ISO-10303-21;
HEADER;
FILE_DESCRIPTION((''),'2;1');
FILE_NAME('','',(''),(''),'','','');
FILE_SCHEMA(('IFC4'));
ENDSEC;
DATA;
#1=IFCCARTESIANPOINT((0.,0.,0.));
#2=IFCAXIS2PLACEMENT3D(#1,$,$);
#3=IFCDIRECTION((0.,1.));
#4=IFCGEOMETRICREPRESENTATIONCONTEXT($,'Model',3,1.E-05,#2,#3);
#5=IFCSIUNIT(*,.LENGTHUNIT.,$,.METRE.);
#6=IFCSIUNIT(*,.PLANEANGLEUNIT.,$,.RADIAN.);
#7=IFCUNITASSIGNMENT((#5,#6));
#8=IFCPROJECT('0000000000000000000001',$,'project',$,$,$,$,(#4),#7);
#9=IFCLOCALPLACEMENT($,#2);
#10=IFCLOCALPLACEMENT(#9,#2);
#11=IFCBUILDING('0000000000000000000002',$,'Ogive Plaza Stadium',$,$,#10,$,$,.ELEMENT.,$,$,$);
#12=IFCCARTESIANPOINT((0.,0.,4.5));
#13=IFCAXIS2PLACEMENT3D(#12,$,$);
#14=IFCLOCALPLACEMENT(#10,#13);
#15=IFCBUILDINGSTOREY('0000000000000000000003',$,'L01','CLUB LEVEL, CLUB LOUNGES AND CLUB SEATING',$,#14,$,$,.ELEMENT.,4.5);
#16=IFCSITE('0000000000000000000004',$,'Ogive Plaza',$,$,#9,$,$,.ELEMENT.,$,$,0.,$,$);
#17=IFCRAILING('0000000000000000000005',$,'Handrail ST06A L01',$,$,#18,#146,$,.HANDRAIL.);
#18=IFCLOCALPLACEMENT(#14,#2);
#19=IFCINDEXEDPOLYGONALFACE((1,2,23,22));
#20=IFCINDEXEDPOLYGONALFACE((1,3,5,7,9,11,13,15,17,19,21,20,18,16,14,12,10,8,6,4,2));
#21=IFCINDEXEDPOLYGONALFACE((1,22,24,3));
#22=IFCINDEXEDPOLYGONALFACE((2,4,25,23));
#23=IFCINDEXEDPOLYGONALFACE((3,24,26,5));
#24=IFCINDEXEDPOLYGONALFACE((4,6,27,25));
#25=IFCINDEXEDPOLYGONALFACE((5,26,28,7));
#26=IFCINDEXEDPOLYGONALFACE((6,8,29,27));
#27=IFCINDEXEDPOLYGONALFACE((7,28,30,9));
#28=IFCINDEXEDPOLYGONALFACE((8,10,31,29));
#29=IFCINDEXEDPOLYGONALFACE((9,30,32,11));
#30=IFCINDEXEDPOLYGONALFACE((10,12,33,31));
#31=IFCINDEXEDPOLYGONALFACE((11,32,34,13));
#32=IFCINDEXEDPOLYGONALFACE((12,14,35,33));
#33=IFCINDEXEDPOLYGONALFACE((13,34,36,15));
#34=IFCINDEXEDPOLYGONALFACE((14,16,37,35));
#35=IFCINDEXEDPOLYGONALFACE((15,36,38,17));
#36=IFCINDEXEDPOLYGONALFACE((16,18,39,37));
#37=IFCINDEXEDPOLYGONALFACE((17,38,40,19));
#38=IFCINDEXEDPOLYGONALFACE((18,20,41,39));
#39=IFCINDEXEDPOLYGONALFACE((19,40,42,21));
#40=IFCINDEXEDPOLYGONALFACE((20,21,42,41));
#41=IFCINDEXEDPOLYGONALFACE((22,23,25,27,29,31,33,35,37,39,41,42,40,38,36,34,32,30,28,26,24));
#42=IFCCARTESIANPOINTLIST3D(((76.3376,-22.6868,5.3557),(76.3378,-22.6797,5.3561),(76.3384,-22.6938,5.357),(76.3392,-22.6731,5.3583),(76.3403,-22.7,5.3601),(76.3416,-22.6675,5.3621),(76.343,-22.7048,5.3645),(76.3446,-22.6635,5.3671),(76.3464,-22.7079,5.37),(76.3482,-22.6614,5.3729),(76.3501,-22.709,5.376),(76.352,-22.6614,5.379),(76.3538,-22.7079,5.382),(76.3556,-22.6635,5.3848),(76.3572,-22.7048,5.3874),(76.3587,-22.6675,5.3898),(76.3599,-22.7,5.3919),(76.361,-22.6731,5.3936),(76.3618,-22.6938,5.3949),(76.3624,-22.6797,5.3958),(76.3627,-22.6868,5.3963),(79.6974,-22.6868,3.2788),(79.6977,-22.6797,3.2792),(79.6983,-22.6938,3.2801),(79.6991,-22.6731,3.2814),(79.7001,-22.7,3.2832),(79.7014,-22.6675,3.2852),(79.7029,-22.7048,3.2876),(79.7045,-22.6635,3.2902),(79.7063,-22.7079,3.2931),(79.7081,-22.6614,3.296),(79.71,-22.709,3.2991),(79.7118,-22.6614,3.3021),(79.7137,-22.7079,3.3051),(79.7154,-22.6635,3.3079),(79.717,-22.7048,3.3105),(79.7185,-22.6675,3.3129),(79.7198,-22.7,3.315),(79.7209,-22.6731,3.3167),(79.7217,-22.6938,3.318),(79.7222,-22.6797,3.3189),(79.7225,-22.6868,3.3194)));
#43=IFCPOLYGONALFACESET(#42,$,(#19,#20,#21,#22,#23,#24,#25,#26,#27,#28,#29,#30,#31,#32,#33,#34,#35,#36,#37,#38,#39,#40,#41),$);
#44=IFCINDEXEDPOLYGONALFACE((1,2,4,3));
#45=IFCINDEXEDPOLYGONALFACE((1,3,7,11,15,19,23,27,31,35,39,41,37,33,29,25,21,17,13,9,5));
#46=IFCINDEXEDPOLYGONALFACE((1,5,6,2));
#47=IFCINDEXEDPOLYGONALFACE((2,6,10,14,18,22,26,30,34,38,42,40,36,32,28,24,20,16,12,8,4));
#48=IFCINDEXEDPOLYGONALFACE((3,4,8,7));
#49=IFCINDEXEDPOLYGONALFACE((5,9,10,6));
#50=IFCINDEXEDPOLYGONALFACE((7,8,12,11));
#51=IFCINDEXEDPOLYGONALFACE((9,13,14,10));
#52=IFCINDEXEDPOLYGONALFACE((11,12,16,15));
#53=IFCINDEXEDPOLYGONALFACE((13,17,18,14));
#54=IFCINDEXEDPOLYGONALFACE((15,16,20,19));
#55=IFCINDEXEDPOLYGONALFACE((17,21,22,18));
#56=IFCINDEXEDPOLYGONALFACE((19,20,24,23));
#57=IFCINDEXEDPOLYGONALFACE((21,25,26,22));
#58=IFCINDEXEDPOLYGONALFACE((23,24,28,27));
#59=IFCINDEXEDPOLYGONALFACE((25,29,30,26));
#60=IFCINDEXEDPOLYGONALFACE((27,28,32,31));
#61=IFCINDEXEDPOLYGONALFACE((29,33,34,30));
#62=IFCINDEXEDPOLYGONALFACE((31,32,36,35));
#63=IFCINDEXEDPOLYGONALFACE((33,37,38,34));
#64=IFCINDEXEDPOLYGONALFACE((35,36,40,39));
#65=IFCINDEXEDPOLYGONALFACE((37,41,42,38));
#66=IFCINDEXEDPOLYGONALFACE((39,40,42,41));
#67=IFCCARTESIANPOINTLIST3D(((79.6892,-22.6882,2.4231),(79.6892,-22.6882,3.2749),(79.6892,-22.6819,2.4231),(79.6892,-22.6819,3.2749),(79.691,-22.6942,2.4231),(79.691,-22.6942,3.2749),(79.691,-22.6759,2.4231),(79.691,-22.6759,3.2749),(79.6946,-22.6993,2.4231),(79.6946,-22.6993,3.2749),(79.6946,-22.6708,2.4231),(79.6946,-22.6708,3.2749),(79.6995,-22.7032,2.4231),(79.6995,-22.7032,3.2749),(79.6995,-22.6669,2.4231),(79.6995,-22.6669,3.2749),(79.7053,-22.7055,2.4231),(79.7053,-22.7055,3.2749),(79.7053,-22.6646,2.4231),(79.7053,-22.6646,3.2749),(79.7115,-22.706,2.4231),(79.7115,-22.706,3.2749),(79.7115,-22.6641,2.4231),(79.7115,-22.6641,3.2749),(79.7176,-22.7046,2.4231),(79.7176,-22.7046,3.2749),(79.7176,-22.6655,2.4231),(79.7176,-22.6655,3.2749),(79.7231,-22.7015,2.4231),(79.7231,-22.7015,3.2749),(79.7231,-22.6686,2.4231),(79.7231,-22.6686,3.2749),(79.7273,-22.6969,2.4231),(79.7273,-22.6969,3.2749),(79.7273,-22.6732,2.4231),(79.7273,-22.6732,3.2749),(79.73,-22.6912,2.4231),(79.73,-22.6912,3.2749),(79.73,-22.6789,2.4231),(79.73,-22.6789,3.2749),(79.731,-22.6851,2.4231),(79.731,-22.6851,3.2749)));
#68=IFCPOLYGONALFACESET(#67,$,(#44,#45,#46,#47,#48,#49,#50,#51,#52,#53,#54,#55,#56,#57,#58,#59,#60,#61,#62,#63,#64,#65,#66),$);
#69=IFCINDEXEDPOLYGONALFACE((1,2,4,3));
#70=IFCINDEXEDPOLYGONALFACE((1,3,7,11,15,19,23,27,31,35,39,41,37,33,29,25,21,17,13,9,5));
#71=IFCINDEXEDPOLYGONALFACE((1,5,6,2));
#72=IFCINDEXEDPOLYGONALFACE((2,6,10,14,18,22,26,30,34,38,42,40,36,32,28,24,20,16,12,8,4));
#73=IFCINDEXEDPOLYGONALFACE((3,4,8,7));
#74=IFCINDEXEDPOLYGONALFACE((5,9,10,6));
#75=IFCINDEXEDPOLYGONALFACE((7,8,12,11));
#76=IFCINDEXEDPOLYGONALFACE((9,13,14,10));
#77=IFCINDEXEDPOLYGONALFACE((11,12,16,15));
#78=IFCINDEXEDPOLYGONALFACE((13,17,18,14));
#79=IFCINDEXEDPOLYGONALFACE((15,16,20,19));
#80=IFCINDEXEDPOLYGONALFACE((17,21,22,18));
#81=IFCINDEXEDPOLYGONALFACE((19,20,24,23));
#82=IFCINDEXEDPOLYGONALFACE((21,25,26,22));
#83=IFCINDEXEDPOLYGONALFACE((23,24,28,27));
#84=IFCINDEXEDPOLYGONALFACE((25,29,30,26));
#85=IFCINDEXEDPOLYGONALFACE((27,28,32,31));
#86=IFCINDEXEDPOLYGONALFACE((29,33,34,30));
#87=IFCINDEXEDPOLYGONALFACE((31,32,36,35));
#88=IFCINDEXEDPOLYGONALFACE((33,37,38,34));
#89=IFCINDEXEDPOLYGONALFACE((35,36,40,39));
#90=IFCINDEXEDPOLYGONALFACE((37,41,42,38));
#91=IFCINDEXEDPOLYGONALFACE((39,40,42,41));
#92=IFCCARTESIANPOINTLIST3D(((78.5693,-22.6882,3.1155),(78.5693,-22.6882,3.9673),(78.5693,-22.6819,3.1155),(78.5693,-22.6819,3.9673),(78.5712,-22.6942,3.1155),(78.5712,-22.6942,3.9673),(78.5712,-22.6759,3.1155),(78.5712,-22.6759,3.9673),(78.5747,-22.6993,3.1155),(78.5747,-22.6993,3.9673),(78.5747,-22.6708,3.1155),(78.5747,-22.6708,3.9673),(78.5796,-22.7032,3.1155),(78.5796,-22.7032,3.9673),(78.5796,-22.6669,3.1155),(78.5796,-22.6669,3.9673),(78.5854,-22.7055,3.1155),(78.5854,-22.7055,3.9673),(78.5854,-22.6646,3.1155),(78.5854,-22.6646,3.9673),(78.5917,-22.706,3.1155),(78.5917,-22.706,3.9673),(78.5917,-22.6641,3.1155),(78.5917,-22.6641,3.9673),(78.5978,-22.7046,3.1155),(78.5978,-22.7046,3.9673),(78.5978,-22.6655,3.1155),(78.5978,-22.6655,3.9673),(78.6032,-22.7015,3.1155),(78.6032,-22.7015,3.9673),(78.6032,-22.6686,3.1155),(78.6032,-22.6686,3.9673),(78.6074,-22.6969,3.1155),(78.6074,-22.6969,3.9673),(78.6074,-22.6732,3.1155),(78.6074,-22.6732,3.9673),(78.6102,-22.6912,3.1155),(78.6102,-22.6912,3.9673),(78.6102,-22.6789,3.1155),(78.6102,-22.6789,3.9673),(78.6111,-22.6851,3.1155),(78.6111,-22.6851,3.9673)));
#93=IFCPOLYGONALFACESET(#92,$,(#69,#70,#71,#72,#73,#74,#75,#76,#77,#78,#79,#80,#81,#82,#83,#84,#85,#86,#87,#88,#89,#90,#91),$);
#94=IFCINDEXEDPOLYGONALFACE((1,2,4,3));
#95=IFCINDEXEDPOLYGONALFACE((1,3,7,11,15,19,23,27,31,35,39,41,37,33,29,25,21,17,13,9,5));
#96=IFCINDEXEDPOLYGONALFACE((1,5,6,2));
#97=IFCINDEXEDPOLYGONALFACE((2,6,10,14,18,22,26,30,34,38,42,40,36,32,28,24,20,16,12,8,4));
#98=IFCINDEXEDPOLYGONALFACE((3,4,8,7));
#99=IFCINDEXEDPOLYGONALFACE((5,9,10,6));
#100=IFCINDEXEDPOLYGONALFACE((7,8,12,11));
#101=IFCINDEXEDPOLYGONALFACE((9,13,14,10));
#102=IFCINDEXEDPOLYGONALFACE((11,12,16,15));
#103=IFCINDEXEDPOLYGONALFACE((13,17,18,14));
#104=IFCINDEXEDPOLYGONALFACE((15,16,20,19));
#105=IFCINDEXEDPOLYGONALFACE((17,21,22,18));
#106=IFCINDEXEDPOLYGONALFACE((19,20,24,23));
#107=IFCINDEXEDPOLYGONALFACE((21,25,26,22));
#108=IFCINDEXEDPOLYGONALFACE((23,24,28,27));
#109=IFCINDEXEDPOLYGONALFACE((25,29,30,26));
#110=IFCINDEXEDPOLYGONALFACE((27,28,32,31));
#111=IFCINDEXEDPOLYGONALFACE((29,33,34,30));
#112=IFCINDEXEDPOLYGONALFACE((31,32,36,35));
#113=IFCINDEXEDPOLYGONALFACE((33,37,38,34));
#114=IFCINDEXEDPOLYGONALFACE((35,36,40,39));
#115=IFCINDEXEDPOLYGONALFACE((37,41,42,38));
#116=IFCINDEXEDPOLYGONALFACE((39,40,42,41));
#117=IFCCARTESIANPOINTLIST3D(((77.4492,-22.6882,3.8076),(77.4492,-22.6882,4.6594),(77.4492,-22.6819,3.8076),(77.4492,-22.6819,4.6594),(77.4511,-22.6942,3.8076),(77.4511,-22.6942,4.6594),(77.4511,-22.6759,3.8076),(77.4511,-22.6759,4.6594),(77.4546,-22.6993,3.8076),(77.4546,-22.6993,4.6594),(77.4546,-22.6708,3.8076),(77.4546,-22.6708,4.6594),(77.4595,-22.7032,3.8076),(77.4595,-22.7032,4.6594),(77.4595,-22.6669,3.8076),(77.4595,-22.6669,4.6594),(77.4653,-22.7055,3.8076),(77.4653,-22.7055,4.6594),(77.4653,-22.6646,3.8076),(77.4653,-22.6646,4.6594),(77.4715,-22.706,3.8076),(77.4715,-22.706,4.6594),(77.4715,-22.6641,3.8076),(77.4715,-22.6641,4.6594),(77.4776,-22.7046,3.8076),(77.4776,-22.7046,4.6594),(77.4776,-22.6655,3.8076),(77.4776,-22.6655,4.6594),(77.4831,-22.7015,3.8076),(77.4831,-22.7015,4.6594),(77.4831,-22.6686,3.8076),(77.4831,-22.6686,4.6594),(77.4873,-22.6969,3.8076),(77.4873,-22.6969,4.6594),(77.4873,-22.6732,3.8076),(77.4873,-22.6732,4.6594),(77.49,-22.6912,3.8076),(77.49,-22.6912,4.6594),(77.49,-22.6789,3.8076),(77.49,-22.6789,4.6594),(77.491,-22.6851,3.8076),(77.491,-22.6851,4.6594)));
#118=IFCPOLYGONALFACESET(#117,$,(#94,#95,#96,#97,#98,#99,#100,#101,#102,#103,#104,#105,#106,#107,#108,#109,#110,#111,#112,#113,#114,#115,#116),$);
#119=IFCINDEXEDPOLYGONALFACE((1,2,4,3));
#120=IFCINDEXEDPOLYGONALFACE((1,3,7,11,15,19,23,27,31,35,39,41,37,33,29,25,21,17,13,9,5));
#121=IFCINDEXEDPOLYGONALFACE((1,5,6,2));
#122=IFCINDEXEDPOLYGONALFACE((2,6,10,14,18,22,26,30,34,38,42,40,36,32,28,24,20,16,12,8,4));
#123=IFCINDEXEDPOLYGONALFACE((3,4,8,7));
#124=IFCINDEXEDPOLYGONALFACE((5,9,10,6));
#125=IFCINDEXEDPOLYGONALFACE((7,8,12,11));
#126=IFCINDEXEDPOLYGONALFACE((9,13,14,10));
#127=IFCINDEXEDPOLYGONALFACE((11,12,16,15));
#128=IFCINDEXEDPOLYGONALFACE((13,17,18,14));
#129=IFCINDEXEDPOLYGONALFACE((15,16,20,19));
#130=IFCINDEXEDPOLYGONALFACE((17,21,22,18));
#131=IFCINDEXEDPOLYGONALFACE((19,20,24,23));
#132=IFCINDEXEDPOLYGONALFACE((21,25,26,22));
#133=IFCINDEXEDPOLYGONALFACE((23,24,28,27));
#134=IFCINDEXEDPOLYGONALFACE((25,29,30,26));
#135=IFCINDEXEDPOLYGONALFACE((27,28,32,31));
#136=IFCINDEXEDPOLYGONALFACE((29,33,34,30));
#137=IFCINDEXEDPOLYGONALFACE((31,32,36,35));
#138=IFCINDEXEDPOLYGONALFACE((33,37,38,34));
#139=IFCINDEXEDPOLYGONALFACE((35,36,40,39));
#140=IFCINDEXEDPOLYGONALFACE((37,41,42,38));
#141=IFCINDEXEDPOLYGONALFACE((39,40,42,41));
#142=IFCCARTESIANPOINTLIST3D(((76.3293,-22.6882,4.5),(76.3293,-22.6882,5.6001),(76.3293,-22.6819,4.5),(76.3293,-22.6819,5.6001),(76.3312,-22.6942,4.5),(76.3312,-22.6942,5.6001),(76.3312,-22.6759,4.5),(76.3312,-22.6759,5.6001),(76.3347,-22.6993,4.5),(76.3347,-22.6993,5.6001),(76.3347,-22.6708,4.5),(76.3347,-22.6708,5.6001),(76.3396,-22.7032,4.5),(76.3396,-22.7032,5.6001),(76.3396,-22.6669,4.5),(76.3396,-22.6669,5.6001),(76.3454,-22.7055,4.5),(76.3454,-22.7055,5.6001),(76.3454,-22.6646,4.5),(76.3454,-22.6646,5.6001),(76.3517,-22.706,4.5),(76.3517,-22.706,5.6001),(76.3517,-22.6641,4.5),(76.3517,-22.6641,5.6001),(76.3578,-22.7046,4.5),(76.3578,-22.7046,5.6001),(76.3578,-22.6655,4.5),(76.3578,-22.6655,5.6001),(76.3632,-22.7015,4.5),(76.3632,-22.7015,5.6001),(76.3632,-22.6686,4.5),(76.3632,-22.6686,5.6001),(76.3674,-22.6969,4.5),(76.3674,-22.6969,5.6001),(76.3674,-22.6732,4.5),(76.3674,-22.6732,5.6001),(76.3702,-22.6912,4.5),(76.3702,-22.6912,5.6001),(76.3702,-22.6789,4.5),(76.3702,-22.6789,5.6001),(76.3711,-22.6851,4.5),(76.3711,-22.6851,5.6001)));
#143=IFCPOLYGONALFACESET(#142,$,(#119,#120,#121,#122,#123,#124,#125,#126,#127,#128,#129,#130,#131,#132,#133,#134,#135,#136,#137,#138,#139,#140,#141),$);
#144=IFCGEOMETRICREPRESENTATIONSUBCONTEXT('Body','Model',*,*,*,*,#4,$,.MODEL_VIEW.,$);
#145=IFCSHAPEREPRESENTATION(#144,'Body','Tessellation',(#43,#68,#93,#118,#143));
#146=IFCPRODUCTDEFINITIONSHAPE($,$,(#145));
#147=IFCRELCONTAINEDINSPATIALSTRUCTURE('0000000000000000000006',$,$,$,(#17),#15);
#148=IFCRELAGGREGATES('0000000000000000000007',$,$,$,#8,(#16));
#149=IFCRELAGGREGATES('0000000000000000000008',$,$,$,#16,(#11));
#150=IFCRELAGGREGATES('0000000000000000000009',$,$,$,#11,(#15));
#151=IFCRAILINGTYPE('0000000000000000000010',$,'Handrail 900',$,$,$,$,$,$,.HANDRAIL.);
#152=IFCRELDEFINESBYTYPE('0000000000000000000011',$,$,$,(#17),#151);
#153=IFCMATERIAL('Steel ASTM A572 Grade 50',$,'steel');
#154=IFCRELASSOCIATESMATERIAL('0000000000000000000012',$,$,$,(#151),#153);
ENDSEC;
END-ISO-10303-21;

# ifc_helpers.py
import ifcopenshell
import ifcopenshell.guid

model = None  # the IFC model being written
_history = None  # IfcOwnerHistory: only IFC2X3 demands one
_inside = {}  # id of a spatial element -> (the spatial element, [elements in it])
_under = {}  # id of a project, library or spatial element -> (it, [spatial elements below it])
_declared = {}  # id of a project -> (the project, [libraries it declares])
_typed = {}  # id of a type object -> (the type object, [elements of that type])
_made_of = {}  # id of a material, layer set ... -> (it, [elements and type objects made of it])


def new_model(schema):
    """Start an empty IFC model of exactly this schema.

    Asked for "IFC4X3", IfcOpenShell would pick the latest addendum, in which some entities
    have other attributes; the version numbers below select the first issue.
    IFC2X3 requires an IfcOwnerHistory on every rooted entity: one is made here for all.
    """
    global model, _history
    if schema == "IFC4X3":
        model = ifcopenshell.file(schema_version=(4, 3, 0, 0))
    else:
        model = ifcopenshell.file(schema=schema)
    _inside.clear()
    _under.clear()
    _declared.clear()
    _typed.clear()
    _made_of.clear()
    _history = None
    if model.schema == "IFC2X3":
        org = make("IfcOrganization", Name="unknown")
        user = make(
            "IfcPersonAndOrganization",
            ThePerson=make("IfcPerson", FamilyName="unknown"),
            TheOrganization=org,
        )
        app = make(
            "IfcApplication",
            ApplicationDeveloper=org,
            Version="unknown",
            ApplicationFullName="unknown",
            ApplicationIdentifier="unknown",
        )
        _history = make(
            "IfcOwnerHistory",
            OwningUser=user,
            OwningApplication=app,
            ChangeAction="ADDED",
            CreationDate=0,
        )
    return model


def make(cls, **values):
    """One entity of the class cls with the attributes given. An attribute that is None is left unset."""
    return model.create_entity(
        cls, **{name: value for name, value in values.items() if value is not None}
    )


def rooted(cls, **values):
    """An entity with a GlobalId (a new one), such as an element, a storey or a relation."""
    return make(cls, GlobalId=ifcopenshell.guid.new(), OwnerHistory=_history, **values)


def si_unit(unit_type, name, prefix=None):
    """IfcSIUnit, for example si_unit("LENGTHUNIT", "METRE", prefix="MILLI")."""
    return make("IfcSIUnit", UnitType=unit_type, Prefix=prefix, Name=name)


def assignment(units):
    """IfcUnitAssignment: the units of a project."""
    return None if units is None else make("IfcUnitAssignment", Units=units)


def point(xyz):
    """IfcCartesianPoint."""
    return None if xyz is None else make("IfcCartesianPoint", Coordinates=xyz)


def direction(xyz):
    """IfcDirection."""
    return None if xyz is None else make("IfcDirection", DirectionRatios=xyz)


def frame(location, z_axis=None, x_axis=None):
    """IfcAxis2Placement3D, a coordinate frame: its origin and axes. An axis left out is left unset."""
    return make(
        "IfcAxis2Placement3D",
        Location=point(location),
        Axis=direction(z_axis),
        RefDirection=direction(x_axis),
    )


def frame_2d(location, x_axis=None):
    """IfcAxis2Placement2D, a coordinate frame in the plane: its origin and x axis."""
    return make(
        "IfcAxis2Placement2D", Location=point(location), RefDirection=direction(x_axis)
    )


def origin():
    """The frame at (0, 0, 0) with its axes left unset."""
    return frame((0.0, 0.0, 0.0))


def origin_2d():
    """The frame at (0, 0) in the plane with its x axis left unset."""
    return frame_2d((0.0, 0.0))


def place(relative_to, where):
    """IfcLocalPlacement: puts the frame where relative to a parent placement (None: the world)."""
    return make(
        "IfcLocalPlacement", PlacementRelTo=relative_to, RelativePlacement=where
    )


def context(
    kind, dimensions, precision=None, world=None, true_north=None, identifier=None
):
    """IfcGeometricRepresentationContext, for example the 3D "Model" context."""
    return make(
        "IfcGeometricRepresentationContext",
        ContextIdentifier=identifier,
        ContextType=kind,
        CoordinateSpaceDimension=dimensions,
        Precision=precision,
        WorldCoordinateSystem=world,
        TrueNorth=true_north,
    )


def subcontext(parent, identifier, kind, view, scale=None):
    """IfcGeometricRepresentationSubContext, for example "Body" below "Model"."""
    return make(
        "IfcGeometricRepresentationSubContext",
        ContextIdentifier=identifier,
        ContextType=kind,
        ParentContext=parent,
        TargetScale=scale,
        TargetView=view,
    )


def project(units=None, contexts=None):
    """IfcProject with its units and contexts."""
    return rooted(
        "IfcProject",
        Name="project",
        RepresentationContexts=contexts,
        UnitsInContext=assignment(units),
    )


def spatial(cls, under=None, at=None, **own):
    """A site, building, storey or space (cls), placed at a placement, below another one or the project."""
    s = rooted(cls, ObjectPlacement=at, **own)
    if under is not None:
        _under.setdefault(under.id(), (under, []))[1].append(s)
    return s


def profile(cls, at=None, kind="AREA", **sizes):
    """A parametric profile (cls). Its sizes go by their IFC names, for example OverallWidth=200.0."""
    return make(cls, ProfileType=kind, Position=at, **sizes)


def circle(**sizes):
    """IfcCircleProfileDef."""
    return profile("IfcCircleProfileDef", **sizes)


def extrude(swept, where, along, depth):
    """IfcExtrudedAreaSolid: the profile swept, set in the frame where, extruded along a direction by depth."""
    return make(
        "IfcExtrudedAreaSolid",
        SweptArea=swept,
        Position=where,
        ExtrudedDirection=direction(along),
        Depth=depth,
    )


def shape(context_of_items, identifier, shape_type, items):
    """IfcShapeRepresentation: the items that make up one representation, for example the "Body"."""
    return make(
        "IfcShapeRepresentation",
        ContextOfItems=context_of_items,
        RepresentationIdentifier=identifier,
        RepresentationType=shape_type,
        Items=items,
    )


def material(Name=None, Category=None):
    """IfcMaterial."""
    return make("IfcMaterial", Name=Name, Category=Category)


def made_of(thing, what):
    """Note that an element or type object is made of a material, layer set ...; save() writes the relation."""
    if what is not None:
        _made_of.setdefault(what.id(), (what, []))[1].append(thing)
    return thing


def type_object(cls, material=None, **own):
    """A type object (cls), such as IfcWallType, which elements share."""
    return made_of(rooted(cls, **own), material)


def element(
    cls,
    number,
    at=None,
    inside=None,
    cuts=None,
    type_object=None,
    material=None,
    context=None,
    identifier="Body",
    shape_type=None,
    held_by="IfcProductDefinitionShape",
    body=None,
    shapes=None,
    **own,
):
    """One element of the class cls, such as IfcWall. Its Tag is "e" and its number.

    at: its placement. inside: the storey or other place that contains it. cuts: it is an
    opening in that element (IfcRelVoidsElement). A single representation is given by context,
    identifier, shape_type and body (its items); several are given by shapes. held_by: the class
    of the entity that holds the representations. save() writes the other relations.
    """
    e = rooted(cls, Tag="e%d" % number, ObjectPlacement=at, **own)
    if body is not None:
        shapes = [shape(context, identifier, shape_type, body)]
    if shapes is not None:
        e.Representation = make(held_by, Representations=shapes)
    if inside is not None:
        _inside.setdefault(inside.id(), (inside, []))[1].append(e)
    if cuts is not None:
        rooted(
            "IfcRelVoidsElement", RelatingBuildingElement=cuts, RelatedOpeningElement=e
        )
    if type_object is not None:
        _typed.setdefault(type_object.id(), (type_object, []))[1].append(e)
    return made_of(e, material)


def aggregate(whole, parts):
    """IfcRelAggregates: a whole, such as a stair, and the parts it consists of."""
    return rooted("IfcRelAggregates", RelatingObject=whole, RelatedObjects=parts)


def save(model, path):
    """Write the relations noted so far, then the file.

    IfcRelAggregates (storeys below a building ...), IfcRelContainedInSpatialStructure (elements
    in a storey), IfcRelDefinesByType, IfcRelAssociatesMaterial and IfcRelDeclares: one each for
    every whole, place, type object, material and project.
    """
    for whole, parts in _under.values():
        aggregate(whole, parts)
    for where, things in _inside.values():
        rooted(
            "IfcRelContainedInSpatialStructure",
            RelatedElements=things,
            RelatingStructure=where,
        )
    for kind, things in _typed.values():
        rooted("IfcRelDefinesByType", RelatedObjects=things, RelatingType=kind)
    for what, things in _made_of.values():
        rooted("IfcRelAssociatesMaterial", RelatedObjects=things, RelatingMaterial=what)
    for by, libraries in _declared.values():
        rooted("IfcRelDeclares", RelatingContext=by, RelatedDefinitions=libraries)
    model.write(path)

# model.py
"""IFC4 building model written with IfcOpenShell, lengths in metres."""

from ifc_helpers import new_model, si_unit, direction, frame, origin, origin_2d, place, context, subcontext, project, spatial, circle, extrude, material, type_object, element, save


model = new_model("IFC4")

# Units and contexts
model_context = context("Model", 3, precision=1e-05, world=origin(), true_north=direction((0.0, 1.0)))
body_context = subcontext(model_context, "Body", "Model", "MODEL_VIEW")
ifc_project = project(units=[si_unit("LENGTHUNIT", "METRE"), si_unit("PLANEANGLEUNIT", "RADIAN")], contexts=[model_context])

# Site, building, storey
site_placement = place(None, origin())
site = spatial("IfcSite", under=ifc_project, at=site_placement, Name="Ogive Plaza", CompositionType="ELEMENT", RefElevation=0.0)
building_placement = place(site_placement, origin())
building = spatial("IfcBuilding", under=site, at=building_placement, Name="Ogive Plaza Stadium", CompositionType="ELEMENT")
storey_placement = place(building_placement, frame((0.0, 0.0, 4.5)))
storey = spatial("IfcBuildingStorey", under=building, at=storey_placement, Name="L01", Description="CLUB LEVEL, CLUB LOUNGES AND CLUB SEATING", CompositionType="ELEMENT", Elevation=4.5)

# Railing
ifc_material_1 = material(Name="Steel ASTM A572 Grade 50", Category="steel")
railing_type_1 = type_object("IfcRailingType", Name="Handrail 900", PredefinedType="HANDRAIL", material=ifc_material_1)
for number, where, name in (
    (1, (79.71, -22.6851, 2.4231), "Handrail ST06A L01"),
):
    element("IfcRailing", number, at=place(storey_placement, frame(where)), inside=storey, type_object=railing_type_1, Name=name, PredefinedType="HANDRAIL", context=body_context, shape_type="SweptSolid", body=[
        extrude(circle(Radius=0.0239, at=origin_2d()), frame((0.0, 0.0, 0.876), z_axis=(-0.850606, 0.0, 0.525803), x_axis=(0.0, -1.0, 0.0)), (0.0, 0.0, 1.0), 3.95),
        extrude(circle(Radius=0.021, at=origin_2d()), origin(), (0.0, 0.0, 1.0), 0.8518),
        extrude(circle(Radius=0.021, at=origin_2d()), frame((-1.1199, 0.0, 0.6924)), (0.0, 0.0, 1.0), 0.8518),
        extrude(circle(Radius=0.021, at=origin_2d()), frame((-2.24, 0.0, 1.3845)), (0.0, 0.0, 1.0), 0.8518),
        extrude(circle(Radius=0.021, at=origin_2d()), frame((-3.3599, 0.0, 2.0769)), (0.0, 0.0, 1.0), 1.1001),
    ])

save(model, "model.ifc")
